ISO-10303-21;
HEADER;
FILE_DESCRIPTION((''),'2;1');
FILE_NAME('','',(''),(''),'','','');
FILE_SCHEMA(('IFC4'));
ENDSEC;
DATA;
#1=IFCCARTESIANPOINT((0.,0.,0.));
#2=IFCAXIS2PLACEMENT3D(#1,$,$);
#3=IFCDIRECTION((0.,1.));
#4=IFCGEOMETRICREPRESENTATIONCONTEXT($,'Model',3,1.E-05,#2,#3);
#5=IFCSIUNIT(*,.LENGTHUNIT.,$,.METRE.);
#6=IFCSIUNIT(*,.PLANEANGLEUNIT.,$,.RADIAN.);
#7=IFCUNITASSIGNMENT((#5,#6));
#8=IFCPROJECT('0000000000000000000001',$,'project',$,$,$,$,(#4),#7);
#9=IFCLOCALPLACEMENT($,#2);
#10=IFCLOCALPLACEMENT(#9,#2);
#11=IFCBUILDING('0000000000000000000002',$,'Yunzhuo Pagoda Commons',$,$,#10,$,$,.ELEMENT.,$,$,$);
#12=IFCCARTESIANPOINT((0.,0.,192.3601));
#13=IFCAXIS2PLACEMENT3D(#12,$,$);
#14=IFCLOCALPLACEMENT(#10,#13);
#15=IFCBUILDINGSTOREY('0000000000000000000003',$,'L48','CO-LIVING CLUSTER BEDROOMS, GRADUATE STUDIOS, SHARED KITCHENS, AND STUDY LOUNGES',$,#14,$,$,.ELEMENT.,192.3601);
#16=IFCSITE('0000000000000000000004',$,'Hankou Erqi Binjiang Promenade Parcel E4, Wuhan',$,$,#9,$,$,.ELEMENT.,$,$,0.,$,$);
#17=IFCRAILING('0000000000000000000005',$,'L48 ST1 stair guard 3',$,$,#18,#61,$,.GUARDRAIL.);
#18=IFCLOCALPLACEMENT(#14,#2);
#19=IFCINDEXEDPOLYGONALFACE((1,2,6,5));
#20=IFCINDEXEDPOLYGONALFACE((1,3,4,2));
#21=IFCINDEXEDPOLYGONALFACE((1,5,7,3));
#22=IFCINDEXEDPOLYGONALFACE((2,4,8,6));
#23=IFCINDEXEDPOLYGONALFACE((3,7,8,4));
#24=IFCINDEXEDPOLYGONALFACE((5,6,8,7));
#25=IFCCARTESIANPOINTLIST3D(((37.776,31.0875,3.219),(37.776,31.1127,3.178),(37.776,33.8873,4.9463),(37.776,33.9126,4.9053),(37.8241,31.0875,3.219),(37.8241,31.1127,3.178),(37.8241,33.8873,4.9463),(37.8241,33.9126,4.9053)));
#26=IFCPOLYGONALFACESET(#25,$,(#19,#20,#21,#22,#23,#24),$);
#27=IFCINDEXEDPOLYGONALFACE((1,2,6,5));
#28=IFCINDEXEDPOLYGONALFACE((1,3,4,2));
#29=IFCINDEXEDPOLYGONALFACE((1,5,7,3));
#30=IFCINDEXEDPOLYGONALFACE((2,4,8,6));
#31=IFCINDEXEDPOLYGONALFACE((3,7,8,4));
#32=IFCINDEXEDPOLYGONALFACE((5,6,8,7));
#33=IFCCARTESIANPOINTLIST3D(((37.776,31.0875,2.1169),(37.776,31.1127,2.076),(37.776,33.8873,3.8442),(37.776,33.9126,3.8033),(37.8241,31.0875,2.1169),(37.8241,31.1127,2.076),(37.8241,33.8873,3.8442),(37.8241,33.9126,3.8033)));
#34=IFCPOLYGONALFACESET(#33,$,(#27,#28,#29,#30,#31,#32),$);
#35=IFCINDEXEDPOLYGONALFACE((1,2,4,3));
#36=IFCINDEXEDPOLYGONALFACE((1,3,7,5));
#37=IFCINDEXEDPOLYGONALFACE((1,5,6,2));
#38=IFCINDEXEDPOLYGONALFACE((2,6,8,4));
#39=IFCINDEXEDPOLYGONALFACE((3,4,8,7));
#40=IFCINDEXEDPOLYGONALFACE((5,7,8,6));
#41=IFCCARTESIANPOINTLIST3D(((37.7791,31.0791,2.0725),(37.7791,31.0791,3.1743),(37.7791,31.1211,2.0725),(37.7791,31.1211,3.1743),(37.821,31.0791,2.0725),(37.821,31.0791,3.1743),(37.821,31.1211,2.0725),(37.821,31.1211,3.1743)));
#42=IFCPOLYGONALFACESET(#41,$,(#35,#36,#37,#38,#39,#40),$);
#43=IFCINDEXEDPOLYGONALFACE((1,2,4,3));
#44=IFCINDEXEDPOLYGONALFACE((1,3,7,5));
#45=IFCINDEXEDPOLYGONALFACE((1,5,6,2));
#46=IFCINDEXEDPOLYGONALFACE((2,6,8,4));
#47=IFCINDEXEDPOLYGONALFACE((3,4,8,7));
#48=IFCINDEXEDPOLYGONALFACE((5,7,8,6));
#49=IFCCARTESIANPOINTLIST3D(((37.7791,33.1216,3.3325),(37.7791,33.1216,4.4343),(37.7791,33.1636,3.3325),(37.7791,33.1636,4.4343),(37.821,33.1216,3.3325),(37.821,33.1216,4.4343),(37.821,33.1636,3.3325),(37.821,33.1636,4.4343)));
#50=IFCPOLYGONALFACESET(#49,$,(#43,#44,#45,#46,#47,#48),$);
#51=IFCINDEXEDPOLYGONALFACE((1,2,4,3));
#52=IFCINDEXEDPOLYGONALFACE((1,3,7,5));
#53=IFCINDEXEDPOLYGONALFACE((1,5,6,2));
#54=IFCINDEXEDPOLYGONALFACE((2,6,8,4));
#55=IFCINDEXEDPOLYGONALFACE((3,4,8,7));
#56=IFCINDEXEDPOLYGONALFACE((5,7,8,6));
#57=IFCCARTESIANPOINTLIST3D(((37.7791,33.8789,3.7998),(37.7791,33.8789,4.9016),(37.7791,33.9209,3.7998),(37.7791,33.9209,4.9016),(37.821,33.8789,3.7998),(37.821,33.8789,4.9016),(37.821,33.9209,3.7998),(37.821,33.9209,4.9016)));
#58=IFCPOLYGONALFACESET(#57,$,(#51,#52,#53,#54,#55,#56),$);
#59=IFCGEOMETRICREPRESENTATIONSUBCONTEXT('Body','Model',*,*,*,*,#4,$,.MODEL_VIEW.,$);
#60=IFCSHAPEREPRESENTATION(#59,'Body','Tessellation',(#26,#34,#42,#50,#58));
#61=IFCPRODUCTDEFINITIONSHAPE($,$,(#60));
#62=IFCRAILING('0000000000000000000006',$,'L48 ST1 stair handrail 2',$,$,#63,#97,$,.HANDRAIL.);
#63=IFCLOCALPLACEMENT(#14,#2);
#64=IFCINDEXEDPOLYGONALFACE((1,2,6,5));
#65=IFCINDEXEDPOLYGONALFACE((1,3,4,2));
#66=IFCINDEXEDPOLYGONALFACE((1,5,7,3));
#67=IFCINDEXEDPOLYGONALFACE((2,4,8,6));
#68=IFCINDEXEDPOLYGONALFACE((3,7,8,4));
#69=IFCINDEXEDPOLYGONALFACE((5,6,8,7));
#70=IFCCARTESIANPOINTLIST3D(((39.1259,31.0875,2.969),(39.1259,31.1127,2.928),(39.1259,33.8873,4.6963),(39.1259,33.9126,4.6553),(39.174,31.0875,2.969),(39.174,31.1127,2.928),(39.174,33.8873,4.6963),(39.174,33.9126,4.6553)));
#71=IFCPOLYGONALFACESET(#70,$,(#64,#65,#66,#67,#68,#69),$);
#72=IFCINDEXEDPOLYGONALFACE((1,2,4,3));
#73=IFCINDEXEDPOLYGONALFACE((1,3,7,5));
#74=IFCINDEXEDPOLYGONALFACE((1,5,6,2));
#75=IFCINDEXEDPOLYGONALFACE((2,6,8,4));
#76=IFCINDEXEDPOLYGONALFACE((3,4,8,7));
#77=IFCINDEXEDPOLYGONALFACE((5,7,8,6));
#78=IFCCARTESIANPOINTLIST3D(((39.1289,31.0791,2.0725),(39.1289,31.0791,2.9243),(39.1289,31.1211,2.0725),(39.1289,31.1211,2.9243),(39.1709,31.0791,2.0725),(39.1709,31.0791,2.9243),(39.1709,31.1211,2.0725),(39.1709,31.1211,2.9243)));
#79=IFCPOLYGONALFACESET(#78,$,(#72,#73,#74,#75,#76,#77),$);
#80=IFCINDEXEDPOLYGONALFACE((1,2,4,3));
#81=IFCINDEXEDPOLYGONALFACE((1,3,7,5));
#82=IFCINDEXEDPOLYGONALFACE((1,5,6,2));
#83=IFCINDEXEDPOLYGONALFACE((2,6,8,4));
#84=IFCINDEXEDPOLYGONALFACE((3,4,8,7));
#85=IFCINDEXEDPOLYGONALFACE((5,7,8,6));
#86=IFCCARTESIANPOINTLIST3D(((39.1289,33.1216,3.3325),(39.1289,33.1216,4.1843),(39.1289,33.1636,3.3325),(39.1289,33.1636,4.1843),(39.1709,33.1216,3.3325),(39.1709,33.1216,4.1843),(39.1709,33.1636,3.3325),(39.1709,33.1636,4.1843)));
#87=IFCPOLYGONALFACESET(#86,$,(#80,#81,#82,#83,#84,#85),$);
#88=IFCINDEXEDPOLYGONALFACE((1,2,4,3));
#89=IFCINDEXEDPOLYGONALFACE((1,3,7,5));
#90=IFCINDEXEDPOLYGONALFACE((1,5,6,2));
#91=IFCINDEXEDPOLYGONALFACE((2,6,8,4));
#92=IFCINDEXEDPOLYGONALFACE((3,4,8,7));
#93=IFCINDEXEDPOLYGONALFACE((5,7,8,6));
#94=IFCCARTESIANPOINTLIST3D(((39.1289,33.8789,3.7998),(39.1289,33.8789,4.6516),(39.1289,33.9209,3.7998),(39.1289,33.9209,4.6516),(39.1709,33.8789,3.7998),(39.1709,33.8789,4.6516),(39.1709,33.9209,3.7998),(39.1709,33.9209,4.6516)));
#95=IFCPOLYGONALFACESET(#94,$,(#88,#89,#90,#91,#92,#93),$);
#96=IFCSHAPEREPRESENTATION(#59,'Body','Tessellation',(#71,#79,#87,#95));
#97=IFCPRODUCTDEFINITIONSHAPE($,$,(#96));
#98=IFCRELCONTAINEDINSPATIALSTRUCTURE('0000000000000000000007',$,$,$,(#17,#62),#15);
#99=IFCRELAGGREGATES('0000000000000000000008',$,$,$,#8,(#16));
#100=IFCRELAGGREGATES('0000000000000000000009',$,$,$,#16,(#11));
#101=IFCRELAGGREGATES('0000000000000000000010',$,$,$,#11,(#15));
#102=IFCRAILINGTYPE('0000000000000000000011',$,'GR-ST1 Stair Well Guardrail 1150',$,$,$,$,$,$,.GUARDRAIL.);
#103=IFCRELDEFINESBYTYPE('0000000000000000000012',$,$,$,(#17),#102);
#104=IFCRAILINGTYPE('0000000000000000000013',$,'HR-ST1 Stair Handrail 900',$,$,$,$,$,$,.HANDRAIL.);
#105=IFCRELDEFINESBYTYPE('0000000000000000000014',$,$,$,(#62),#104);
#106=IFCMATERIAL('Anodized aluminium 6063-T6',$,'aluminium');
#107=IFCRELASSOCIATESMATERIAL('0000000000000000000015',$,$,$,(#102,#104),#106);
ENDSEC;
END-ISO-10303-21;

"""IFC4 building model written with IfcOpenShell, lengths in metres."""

from ifc_helpers import new_model, si_unit, direction, frame, origin, origin_2d, place, context, subcontext, project, spatial, rectangle, extrude, material, type_object, element, save


model = new_model("IFC4")

# Units and contexts
model_context = context("Model", 3, precision=1e-05, world=origin(), true_north=direction((0.0, 1.0)))
body_context = subcontext(model_context, "Body", "Model", "MODEL_VIEW")
ifc_project = project(units=[si_unit("LENGTHUNIT", "METRE"), si_unit("PLANEANGLEUNIT", "RADIAN")], contexts=[model_context])

# Site, building, storey
site_placement = place(None, origin())
site = spatial("IfcSite", under=ifc_project, at=site_placement, Name="Hankou Erqi Binjiang Promenade Parcel E4, Wuhan", CompositionType="ELEMENT", RefElevation=0.0)
building_placement = place(site_placement, origin())
building = spatial("IfcBuilding", under=site, at=building_placement, Name="Yunzhuo Pagoda Commons", CompositionType="ELEMENT")
storey_placement = place(building_placement, frame((0.0, 0.0, 192.3601)))
storey = spatial("IfcBuildingStorey", under=building, at=storey_placement, Name="L48", Description="CO-LIVING CLUSTER BEDROOMS, GRADUATE STUDIOS, SHARED KITCHENS, AND STUDY LOUNGES", CompositionType="ELEMENT", Elevation=192.3601)

# Railings
ifc_material_1 = material(Name="Anodized aluminium 6063-T6", Category="aluminium")
railing_type_1 = type_object("IfcRailingType", Name="GR-ST1 Stair Well Guardrail 1150", PredefinedType="GUARDRAIL", material=ifc_material_1)
railing_1_placement = place(storey_placement, frame((37.8, 31.1001, 2.0725)))
element("IfcRailing", 1, at=railing_1_placement, inside=storey, type_object=railing_type_1, Name="L48 ST1 stair guard 3", PredefinedType="GUARDRAIL", context=body_context, shape_type="SweptSolid", body=[
    extrude(rectangle(XDim=0.0481, YDim=0.0481, at=origin_2d()), frame((0.0, 0.0, 1.126), z_axis=(0.0, 0.851069, 0.525054), x_axis=(-1.0, 0.0, 0.0)), (0.0, 0.0, 1.0), 3.2898),
    extrude(rectangle(XDim=0.0481, YDim=0.0481, at=origin_2d()), frame((0.0, 0.0, 0.0239), z_axis=(0.0, 0.851069, 0.525054), x_axis=(-1.0, 0.0, 0.0)), (0.0, 0.0, 1.0), 3.2898),
    extrude(rectangle(XDim=0.042, YDim=0.042, at=origin_2d()), origin(), (0.0, 0.0, 1.0), 1.1018),
    extrude(rectangle(XDim=0.042, YDim=0.042, at=origin_2d()), frame((0.0, 2.0425, 1.26)), (0.0, 0.0, 1.0), 1.1018),
    extrude(rectangle(XDim=0.042, YDim=0.042, at=origin_2d()), frame((0.0, 2.7998, 1.7273)), (0.0, 0.0, 1.0), 1.1018),
])
railing_type_2 = type_object("IfcRailingType", Name="HR-ST1 Stair Handrail 900", PredefinedType="HANDRAIL", material=ifc_material_1)
railing_2_placement = place(storey_placement, frame((39.1499, 31.1001, 2.0725)))
element("IfcRailing", 2, at=railing_2_placement, inside=storey, type_object=railing_type_2, Name="L48 ST1 stair handrail 2", PredefinedType="HANDRAIL", context=body_context, shape_type="SweptSolid", body=[
    extrude(rectangle(XDim=0.0481, YDim=0.0481, at=origin_2d()), frame((0.0, 0.0, 0.876), z_axis=(0.0, 0.851069, 0.525054), x_axis=(-1.0, 0.0, 0.0)), (0.0, 0.0, 1.0), 3.2898),
    extrude(rectangle(XDim=0.042, YDim=0.042, at=origin_2d()), origin(), (0.0, 0.0, 1.0), 0.8518),
    extrude(rectangle(XDim=0.042, YDim=0.042, at=origin_2d()), frame((0.0, 2.0425, 1.26)), (0.0, 0.0, 1.0), 0.8518),
    extrude(rectangle(XDim=0.042, YDim=0.042, at=origin_2d()), frame((0.0, 2.7998, 1.7273)), (0.0, 0.0, 1.0), 0.8518),
])

save(model, "model.ifc")
